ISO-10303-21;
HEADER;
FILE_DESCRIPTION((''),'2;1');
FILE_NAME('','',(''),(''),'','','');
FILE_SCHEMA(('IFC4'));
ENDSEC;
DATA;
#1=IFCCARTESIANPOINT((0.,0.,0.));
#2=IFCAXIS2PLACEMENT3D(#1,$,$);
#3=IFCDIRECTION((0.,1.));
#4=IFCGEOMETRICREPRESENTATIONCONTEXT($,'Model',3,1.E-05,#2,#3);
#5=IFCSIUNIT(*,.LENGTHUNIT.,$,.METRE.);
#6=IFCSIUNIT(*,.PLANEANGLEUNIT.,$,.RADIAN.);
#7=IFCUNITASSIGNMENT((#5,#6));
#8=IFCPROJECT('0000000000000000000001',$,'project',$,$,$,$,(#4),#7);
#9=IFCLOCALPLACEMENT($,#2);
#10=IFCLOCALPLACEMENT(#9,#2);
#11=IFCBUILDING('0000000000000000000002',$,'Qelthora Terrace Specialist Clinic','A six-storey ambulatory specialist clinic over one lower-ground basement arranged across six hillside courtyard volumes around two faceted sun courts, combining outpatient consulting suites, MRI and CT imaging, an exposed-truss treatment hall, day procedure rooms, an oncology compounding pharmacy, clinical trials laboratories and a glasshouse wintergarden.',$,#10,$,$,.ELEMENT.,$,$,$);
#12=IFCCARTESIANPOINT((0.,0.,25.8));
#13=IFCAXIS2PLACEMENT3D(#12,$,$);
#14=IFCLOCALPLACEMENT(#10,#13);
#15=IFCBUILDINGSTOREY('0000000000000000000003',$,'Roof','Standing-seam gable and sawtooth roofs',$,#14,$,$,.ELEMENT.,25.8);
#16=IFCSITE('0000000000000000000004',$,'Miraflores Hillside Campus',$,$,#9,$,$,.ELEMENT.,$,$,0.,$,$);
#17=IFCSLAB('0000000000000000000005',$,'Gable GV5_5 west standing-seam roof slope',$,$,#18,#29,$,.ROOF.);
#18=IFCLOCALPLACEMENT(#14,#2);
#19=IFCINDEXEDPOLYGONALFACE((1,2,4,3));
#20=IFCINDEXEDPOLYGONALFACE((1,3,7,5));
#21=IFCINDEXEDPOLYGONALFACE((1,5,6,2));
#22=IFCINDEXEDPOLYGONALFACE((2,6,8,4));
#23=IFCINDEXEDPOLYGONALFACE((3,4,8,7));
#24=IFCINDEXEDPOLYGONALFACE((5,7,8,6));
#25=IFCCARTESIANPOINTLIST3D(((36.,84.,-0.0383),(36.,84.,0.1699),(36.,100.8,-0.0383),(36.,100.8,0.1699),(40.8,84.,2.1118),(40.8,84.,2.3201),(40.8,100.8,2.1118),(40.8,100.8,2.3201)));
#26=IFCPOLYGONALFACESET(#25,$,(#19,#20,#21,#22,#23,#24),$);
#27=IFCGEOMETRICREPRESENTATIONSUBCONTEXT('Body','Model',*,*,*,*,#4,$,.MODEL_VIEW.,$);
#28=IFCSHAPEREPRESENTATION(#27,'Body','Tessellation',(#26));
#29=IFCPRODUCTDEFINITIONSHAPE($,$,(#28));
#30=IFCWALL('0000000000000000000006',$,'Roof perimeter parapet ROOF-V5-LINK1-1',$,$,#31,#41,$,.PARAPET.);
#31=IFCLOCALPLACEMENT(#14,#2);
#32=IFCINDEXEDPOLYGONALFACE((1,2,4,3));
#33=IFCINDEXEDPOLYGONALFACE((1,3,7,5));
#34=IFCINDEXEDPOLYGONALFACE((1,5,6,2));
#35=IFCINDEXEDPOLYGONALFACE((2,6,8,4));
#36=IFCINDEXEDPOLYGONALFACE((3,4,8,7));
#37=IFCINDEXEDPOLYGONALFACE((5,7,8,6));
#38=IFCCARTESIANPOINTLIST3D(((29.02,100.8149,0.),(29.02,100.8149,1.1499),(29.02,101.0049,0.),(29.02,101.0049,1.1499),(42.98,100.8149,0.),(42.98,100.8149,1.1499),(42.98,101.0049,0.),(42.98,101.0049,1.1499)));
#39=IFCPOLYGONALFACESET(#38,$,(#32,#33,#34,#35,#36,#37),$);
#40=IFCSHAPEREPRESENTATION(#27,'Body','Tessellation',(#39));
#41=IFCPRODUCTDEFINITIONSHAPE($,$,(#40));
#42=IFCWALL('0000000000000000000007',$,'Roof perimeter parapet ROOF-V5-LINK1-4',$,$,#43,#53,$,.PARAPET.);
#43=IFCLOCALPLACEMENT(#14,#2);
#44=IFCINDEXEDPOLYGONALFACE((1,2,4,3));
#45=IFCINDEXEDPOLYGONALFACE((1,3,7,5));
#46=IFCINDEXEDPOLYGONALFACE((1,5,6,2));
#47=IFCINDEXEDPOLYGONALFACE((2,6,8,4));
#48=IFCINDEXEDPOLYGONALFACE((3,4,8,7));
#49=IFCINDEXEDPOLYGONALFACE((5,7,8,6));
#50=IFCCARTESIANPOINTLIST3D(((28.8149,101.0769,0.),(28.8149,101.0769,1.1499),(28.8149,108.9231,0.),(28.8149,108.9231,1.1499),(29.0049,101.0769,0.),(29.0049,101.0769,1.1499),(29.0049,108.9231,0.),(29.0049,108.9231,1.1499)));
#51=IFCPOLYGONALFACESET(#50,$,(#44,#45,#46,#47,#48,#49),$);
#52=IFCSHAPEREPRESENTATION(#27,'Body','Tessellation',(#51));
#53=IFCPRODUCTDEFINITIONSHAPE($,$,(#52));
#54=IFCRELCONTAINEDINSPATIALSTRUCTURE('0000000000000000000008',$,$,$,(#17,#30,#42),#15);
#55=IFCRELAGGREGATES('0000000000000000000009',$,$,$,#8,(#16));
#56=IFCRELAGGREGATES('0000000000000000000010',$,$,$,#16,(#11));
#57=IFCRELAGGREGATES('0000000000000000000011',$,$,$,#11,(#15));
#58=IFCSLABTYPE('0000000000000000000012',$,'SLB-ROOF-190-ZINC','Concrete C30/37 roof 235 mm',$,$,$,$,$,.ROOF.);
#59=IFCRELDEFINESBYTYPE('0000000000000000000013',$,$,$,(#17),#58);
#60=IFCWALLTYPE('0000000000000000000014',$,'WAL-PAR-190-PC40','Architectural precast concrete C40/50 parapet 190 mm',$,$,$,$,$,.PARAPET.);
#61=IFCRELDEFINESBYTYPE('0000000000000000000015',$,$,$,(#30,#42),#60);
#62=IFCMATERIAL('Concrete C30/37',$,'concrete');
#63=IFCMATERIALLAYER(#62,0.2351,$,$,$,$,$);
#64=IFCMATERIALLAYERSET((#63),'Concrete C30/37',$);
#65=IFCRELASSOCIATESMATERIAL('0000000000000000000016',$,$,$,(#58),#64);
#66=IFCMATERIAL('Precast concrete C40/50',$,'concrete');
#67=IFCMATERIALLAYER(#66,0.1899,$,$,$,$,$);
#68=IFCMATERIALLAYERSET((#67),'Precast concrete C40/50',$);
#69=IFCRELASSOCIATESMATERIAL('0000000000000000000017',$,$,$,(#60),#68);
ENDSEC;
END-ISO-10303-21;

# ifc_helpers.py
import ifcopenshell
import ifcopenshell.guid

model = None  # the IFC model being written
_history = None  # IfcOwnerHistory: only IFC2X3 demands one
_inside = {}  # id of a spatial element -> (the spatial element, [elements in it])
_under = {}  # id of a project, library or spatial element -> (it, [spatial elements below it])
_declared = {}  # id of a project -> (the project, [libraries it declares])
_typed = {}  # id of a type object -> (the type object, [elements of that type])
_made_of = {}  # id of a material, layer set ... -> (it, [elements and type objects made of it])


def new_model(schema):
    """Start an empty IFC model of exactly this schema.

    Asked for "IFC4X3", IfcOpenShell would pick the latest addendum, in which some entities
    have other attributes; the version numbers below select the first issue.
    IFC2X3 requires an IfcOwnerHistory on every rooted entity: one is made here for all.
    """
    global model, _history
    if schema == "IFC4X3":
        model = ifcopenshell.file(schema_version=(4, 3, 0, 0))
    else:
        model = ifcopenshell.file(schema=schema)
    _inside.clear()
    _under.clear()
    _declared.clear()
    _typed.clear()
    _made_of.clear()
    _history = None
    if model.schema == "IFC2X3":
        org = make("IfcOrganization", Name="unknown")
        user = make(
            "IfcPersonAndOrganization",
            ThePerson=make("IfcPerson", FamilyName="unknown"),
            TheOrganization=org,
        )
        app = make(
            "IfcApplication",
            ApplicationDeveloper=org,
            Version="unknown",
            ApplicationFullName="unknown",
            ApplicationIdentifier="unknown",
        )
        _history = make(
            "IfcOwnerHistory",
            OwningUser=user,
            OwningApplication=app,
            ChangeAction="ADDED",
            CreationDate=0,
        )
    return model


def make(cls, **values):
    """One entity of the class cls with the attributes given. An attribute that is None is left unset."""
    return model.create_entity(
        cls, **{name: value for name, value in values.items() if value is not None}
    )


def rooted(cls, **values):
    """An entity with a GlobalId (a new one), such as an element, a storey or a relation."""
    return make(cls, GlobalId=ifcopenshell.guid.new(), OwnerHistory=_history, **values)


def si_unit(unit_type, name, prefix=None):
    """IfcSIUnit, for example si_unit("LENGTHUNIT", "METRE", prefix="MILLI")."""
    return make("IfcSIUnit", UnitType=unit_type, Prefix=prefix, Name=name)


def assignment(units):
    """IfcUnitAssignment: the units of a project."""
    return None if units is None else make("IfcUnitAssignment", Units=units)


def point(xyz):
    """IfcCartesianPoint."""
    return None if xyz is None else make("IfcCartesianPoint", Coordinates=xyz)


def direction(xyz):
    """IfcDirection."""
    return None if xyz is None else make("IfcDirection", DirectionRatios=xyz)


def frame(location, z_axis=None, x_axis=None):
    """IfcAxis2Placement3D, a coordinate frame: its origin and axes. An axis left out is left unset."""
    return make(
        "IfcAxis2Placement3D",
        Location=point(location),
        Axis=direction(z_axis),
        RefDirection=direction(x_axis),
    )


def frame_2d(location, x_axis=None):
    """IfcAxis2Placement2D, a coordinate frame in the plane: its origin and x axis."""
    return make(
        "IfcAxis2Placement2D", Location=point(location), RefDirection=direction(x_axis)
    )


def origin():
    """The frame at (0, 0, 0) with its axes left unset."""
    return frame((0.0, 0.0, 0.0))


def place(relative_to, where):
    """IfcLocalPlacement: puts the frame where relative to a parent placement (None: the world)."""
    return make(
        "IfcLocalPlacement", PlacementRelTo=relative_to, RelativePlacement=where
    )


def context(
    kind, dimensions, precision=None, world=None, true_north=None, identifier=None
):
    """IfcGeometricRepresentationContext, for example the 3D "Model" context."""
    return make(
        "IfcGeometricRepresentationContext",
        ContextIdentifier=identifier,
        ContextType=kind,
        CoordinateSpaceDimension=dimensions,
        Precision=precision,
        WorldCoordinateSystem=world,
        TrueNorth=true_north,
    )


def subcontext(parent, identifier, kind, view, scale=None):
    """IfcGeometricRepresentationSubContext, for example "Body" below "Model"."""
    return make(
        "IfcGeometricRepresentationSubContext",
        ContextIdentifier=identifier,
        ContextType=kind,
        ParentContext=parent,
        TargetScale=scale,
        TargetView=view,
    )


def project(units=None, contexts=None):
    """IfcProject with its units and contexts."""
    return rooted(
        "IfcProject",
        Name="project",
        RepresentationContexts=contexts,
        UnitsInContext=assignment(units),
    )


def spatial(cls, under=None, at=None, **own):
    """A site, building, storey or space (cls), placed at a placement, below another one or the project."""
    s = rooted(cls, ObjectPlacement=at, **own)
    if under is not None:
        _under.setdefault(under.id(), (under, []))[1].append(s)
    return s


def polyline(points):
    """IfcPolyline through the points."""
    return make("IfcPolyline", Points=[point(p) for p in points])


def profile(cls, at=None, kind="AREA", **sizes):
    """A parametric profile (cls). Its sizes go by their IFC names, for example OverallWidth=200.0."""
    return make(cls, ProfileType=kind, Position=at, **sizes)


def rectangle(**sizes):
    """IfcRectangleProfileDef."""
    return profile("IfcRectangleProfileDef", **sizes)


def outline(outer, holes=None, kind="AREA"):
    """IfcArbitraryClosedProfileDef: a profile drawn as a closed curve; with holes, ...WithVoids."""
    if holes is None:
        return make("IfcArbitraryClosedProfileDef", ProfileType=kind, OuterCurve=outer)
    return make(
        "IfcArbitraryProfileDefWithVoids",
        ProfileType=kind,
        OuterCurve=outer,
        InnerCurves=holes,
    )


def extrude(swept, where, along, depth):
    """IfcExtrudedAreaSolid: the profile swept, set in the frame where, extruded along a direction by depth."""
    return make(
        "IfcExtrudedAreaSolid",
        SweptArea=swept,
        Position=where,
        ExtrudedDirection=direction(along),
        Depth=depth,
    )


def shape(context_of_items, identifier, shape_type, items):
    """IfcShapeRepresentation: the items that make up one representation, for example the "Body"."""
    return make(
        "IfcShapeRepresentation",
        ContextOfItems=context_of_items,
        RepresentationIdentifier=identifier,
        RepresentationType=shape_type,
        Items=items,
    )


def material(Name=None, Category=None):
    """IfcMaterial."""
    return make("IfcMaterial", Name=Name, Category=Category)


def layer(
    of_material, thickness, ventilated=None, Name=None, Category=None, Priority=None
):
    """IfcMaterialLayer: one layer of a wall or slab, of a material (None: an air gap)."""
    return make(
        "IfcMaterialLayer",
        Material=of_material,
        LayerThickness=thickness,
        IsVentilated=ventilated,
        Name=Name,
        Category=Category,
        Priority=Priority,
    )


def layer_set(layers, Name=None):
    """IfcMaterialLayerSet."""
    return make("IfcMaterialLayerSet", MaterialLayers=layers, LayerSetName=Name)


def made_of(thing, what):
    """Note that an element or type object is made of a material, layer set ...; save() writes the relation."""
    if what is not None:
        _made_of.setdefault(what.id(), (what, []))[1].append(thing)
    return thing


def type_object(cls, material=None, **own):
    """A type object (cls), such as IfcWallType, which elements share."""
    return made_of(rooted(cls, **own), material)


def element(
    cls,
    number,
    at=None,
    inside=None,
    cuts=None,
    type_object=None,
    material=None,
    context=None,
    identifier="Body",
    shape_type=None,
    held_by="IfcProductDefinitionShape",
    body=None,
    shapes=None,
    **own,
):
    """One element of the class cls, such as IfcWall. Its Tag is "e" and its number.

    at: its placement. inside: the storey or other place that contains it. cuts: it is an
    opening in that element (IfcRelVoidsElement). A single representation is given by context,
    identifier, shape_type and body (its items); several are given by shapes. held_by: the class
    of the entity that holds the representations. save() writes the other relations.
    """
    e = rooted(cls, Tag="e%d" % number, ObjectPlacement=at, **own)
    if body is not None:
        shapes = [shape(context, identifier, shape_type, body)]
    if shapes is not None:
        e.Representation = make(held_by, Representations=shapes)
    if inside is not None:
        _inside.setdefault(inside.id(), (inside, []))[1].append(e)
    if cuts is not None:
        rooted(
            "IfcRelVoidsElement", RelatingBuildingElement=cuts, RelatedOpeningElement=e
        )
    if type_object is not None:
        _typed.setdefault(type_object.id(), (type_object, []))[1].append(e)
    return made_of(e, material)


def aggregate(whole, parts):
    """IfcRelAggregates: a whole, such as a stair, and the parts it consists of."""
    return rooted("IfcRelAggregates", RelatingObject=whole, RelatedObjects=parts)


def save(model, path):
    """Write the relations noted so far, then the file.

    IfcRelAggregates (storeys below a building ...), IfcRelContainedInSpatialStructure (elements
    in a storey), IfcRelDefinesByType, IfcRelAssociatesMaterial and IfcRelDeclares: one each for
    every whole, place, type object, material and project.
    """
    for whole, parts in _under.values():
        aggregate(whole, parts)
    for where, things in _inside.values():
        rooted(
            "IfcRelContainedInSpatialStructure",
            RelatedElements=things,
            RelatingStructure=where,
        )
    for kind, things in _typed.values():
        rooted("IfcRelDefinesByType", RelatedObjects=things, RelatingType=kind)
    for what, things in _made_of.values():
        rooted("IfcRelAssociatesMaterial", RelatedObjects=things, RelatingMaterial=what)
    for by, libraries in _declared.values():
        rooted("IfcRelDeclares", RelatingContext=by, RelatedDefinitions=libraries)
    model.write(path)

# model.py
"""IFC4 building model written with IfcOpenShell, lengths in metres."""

from ifc_helpers import new_model, si_unit, direction, frame, frame_2d, origin, place, context, subcontext, project, spatial, polyline, rectangle, outline, extrude, material, layer, layer_set, type_object, element, save


model = new_model("IFC4")

# Units and contexts
model_context = context("Model", 3, precision=1e-05, world=origin(), true_north=direction((0.0, 1.0)))
body_context = subcontext(model_context, "Body", "Model", "MODEL_VIEW")
ifc_project = project(units=[si_unit("LENGTHUNIT", "METRE"), si_unit("PLANEANGLEUNIT", "RADIAN")], contexts=[model_context])

# Site, building, storey
site_placement = place(None, origin())
site = spatial("IfcSite", under=ifc_project, at=site_placement, Name="Miraflores Hillside Campus", CompositionType="ELEMENT", RefElevation=0.0)
building_placement = place(site_placement, origin())
building = spatial("IfcBuilding", under=site, at=building_placement, Name="Qelthora Terrace Specialist Clinic", Description="A six-storey ambulatory specialist clinic over one lower-ground basement arranged across six hillside courtyard volumes around two faceted sun courts, combining outpatient consulting suites, MRI and CT imaging, an exposed-truss treatment hall, day procedure rooms, an oncology compounding pharmacy, clinical trials laboratories and a glasshouse wintergarden.", CompositionType="ELEMENT")
storey_placement = place(building_placement, frame((0.0, 0.0, 25.8)))
storey = spatial("IfcBuildingStorey", under=building, at=storey_placement, Name="Roof", Description="Standing-seam gable and sawtooth roofs", CompositionType="ELEMENT", Elevation=25.8)

# Slab
ifc_material_1 = material(Name="Concrete C30/37", Category="concrete")
ifc_layer_1 = layer(ifc_material_1, 0.2351)
ifc_layer_set_1 = layer_set([ifc_layer_1], Name="Concrete C30/37")
slab_type = type_object("IfcSlabType", Name="SLB-ROOF-190-ZINC", Description="Concrete C30/37 roof 235 mm", PredefinedType="ROOF", material=ifc_layer_set_1)
slab_1_placement = place(storey_placement, frame((36.0, 84.0, -0.0383), z_axis=(-0.408803, 0.0, 0.912623), x_axis=(0.912623, 0.0, 0.408803)))
element("IfcSlab", 1, at=slab_1_placement, inside=storey, type_object=slab_type, Name="Gable GV5_5 west standing-seam roof slope", PredefinedType="ROOF", context=body_context, shape_type="SweptSolid", body=[
    extrude(outline(polyline([(0.0, 0.0), (5.2596, 0.0), (5.2596, 16.8), (0.0, 16.8), (0.0, 0.0)])), origin(), (0.408803, 0.0, 0.912623), 0.2083),
])

# Walls
ifc_material_2 = material(Name="Precast concrete C40/50", Category="concrete")
ifc_layer_2 = layer(ifc_material_2, 0.1899)
ifc_layer_set_2 = layer_set([ifc_layer_2], Name="Precast concrete C40/50")
wall_type = type_object("IfcWallType", Name="WAL-PAR-190-PC40", Description="Architectural precast concrete C40/50 parapet 190 mm", PredefinedType="PARAPET", material=ifc_layer_set_2)
wall_1_placement = place(storey_placement, frame((29.02, 100.9099, 0.0), z_axis=(0.0, 0.0, 1.0), x_axis=(1.0, 0.0, 0.0)))
element("IfcWall", 2, at=wall_1_placement, inside=storey, type_object=wall_type, Name="Roof perimeter parapet ROOF-V5-LINK1-1", PredefinedType="PARAPET", context=body_context, shape_type="SweptSolid", body=[
    extrude(rectangle(XDim=13.96, YDim=0.1899, at=frame_2d((6.98, 0.0))), origin(), (0.0, 0.0, 1.0), 1.1499),
])
wall_2_placement = place(storey_placement, frame((28.9099, 108.9231, 0.0), z_axis=(0.0, 0.0, 1.0), x_axis=(0.0, -1.0, 0.0)))
element("IfcWall", 3, at=wall_2_placement, inside=storey, type_object=wall_type, Name="Roof perimeter parapet ROOF-V5-LINK1-4", PredefinedType="PARAPET", context=body_context, shape_type="SweptSolid", body=[
    extrude(rectangle(XDim=7.8462, YDim=0.1899, at=frame_2d((3.9231, 0.0))), origin(), (0.0, 0.0, 1.0), 1.1499),
])

save(model, "model.ifc")
